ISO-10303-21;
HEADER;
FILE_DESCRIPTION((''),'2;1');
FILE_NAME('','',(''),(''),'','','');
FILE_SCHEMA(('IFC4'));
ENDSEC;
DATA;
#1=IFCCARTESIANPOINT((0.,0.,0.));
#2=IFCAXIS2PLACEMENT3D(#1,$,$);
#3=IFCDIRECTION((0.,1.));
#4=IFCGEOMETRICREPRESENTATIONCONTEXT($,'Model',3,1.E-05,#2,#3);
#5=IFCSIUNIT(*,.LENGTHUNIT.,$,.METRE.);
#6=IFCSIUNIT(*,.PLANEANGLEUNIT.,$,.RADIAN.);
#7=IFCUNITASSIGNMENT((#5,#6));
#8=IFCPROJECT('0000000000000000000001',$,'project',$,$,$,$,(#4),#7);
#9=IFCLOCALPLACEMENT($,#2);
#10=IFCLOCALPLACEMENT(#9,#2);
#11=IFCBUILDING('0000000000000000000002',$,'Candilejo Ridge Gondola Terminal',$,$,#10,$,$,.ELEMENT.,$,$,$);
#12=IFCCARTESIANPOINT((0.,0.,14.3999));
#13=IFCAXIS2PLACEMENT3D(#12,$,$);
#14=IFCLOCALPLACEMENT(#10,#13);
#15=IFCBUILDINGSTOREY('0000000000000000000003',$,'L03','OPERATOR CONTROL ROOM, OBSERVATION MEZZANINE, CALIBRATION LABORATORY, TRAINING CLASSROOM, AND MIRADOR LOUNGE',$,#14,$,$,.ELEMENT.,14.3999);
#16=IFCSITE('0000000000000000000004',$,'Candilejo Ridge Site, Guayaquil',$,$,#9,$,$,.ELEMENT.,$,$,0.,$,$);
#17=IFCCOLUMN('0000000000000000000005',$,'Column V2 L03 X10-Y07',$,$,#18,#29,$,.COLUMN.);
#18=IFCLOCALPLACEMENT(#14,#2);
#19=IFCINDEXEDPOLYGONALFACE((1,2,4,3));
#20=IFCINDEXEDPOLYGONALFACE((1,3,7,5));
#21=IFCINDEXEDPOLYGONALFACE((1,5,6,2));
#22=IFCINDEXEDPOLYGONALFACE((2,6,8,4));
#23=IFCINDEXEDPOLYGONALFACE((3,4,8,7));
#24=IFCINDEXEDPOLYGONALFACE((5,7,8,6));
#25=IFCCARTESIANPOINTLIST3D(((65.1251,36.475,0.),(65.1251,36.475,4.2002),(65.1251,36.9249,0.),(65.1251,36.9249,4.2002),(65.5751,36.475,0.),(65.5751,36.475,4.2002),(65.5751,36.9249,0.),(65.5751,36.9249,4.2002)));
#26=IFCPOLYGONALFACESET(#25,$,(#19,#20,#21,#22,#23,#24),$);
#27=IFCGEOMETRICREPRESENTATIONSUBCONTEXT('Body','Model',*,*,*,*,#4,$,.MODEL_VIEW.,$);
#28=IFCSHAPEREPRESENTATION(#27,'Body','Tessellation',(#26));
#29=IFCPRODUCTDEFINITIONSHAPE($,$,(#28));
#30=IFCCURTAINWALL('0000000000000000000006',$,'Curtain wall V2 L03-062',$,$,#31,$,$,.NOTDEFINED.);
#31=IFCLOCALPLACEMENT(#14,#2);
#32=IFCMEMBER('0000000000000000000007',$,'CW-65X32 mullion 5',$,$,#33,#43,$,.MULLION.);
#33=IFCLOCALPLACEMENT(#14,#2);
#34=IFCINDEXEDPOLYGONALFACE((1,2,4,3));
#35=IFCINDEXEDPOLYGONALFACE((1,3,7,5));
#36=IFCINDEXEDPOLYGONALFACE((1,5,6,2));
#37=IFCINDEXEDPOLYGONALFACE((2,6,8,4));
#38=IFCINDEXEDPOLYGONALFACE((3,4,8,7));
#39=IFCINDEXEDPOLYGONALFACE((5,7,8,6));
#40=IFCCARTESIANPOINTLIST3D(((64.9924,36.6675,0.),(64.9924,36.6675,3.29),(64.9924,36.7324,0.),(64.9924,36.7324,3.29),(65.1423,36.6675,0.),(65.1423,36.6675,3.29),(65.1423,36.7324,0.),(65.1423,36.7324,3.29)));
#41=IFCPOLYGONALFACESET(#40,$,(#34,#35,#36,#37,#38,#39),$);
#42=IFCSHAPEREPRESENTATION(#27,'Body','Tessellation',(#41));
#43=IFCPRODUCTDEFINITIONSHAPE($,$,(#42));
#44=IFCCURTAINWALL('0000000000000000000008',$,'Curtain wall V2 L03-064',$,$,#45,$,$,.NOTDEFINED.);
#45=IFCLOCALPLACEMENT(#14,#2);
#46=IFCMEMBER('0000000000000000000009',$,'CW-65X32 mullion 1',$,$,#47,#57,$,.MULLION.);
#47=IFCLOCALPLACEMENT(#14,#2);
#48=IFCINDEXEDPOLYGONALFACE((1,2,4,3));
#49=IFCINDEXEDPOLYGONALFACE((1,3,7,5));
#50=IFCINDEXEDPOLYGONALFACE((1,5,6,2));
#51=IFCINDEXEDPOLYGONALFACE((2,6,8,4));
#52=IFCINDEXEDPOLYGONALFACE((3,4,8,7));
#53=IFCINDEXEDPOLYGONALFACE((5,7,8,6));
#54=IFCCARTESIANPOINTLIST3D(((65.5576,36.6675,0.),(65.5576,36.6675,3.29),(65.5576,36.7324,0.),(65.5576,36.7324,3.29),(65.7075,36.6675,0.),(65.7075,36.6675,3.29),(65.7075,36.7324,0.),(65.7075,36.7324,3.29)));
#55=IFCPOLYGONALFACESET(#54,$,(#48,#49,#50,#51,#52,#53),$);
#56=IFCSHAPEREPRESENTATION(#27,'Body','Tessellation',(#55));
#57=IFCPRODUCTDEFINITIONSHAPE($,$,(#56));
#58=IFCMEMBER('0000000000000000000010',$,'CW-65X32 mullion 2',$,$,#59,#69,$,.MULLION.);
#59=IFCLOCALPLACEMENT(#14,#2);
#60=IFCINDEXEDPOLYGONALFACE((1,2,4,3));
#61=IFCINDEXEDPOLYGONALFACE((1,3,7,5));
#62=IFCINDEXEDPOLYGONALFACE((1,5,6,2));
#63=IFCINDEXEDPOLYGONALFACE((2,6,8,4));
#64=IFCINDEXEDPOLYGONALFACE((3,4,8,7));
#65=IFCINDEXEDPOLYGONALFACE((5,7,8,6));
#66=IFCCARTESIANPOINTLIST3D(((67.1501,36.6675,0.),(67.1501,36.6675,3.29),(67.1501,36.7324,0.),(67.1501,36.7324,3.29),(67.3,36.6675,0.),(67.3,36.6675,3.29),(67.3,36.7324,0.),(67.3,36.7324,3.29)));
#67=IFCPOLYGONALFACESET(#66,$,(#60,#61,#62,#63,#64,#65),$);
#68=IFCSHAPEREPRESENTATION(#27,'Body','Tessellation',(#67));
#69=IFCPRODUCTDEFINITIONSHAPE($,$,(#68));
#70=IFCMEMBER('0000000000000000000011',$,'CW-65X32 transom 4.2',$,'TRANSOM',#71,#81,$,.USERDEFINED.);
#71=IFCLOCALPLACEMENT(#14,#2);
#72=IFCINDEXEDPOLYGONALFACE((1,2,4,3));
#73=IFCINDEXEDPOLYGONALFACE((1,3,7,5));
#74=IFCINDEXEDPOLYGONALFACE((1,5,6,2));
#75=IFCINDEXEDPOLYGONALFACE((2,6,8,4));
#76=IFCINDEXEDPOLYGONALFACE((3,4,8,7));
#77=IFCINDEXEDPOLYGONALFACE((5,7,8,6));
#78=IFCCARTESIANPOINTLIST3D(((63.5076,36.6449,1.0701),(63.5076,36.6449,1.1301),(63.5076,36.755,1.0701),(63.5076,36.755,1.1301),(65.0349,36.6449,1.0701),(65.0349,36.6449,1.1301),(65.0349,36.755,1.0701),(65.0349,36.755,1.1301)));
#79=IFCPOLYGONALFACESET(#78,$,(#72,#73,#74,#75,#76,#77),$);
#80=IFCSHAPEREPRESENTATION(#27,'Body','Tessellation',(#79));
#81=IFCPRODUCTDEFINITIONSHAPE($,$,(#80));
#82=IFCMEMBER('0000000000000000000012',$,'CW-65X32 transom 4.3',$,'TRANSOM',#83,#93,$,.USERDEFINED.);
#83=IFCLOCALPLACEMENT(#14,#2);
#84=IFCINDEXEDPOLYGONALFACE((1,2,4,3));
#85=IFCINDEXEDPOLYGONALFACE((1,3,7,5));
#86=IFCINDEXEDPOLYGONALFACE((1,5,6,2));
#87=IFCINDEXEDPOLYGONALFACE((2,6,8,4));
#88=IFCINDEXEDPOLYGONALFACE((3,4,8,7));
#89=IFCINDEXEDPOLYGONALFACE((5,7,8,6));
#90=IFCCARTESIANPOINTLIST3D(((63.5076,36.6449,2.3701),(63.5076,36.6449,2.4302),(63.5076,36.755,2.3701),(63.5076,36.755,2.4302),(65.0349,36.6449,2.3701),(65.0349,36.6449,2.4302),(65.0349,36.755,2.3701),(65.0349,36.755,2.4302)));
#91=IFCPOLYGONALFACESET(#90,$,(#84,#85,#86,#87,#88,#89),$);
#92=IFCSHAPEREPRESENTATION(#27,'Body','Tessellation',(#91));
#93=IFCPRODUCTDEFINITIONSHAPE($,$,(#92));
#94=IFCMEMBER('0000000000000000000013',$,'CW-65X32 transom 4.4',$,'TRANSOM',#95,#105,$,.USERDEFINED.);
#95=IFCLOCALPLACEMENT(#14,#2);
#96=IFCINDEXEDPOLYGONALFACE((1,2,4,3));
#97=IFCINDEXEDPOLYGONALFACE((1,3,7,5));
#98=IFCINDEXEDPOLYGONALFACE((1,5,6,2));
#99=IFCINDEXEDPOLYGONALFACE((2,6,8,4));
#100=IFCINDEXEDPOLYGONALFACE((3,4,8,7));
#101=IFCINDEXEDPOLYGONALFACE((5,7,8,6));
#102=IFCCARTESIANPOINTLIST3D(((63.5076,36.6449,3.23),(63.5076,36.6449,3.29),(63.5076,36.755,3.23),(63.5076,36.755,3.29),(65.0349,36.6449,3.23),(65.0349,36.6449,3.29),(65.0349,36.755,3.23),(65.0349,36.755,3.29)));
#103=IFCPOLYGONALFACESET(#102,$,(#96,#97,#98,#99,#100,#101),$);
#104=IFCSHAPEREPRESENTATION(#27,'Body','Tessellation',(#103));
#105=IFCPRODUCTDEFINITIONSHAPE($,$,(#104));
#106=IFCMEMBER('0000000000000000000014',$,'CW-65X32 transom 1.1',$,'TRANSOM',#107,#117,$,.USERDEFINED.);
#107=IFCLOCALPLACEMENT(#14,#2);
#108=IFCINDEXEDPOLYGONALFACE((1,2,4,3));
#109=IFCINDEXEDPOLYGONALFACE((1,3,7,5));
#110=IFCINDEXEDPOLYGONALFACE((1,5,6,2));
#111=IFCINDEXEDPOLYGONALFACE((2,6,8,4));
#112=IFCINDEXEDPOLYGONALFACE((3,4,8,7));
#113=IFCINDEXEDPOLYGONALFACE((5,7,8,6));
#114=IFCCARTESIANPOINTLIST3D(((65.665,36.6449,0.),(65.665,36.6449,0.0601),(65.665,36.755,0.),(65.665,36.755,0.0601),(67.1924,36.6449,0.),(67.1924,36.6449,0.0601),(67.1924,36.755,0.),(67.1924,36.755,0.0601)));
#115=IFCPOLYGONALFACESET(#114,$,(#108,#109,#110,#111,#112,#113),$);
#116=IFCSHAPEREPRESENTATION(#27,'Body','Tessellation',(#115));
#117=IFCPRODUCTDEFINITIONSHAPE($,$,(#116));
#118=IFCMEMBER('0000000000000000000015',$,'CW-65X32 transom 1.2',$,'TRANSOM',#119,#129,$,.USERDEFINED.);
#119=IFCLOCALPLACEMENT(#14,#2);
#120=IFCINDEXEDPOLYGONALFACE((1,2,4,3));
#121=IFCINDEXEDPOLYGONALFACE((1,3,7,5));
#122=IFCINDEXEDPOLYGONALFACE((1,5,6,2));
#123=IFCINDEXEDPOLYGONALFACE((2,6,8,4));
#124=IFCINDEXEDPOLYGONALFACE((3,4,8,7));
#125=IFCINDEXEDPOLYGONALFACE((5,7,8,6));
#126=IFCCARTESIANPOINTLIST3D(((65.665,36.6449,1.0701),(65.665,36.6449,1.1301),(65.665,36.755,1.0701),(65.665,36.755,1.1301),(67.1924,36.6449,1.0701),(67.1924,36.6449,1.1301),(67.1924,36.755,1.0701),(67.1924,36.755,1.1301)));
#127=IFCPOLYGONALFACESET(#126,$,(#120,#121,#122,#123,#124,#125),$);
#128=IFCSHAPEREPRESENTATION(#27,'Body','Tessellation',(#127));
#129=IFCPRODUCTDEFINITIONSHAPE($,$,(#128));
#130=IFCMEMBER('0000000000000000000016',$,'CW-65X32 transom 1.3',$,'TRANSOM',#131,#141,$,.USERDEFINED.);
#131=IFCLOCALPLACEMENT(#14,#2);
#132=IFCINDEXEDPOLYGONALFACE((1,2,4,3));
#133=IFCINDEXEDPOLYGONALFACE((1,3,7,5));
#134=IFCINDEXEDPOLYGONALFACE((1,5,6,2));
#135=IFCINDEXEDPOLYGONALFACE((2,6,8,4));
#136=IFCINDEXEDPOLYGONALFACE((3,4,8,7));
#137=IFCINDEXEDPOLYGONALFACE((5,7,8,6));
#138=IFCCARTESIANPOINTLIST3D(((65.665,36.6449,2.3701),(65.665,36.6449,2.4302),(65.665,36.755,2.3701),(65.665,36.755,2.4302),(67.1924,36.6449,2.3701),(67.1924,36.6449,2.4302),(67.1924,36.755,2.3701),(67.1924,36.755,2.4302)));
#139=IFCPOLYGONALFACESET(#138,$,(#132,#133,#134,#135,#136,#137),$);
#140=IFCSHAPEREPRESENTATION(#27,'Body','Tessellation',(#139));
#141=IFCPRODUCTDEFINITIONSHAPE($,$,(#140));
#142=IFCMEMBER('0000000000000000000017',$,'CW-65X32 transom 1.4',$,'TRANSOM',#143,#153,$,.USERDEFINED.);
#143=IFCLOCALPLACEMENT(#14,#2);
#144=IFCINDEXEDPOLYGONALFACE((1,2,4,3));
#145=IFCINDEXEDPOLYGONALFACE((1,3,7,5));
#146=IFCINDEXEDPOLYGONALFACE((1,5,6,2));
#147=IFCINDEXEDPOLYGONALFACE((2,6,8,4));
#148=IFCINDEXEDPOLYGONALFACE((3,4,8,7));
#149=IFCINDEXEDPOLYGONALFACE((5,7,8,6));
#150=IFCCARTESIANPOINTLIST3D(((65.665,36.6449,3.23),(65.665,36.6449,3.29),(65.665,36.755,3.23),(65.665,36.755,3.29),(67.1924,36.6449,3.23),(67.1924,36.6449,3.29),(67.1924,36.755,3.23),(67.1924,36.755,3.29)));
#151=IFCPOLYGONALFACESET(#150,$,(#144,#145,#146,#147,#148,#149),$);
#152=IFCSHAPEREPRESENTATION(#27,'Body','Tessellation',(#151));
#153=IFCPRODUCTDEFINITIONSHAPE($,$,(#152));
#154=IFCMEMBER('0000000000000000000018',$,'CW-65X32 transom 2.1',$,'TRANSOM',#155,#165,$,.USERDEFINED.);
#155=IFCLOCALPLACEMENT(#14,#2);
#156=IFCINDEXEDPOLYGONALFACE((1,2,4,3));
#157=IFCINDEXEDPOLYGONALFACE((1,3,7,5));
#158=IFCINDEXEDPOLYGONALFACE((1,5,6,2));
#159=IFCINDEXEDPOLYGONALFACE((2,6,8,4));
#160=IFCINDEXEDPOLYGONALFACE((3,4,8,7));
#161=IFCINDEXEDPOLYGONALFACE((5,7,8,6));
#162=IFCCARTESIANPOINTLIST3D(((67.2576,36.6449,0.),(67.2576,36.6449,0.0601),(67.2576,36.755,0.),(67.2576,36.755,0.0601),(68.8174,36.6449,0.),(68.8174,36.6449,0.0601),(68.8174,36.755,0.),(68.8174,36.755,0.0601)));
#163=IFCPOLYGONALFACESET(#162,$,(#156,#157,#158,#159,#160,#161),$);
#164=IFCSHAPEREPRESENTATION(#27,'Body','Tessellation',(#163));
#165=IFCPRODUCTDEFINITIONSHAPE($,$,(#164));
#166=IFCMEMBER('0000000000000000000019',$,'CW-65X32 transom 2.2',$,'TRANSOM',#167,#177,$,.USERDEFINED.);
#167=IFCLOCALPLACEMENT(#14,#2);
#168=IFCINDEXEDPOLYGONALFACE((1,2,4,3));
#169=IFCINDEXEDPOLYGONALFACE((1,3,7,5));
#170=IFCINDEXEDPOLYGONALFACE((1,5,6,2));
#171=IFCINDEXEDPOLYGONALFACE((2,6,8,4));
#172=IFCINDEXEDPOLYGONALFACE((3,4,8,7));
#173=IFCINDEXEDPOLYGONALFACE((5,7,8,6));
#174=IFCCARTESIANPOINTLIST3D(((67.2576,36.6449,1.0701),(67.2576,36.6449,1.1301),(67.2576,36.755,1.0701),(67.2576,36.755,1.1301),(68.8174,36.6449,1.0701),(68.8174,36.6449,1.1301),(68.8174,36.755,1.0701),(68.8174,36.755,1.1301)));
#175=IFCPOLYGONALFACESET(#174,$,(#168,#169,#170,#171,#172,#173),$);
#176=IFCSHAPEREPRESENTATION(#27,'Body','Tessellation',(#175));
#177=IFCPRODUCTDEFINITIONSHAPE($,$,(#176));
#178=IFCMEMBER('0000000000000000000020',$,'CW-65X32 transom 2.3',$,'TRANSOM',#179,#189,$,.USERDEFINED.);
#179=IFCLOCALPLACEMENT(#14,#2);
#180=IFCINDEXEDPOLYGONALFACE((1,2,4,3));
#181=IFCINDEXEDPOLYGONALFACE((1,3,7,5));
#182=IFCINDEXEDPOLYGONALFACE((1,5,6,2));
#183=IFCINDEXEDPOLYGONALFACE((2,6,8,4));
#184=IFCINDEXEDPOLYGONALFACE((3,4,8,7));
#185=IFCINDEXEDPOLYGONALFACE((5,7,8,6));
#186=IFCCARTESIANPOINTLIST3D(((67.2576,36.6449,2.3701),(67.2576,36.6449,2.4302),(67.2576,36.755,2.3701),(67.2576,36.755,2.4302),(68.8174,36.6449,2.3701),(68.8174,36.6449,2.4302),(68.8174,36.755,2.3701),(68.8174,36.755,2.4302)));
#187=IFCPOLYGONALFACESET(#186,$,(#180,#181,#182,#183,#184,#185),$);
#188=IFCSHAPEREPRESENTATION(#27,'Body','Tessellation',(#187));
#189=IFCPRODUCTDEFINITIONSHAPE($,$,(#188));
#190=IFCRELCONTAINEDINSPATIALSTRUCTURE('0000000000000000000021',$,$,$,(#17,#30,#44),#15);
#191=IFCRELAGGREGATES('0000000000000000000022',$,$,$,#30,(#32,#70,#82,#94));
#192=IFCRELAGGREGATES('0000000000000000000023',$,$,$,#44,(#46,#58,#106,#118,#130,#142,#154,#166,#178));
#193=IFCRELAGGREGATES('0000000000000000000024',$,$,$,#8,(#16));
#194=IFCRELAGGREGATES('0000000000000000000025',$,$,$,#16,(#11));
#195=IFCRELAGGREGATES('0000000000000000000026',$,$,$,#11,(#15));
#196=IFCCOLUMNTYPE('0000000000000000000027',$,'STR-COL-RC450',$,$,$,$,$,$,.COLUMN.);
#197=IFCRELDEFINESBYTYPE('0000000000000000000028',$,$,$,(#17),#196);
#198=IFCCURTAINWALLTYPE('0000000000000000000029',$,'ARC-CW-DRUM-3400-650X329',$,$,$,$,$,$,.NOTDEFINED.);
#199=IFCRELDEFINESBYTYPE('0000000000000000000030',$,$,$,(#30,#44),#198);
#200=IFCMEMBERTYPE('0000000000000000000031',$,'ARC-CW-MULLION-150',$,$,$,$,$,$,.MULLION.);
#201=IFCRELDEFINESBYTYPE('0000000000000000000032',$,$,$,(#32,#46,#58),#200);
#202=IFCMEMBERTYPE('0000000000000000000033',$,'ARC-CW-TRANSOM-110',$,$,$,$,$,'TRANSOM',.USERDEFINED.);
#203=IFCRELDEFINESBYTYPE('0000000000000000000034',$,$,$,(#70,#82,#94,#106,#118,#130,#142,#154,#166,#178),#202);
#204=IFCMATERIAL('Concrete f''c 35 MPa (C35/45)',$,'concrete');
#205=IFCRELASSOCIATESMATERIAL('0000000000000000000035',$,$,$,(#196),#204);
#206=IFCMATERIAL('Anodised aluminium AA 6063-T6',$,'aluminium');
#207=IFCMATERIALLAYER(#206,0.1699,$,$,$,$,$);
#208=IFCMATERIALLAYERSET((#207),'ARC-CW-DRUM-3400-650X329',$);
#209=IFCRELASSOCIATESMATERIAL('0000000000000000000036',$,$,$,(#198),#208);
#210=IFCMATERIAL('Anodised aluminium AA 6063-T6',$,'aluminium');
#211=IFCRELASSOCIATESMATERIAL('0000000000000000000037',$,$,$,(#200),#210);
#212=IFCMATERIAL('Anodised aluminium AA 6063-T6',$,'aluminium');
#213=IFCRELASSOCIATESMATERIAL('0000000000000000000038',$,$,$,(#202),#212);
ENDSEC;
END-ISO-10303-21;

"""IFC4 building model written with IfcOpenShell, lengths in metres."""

from ifc_helpers import new_model, si_unit, direction, frame, origin, origin_2d, place, context, subcontext, project, spatial, rectangle, extrude, material, layer, layer_set, material_profile, profile_set, type_object, element, aggregate, save


model = new_model("IFC4")

# Units and contexts
model_context = context("Model", 3, precision=1e-05, world=origin(), true_north=direction((0.0, 1.0)))
body_context = subcontext(model_context, "Body", "Model", "MODEL_VIEW")
ifc_project = project(units=[si_unit("LENGTHUNIT", "METRE"), si_unit("PLANEANGLEUNIT", "RADIAN")], contexts=[model_context])

# Site, building, storey
site_placement = place(None, origin())
site = spatial("IfcSite", under=ifc_project, at=site_placement, Name="Candilejo Ridge Site, Guayaquil", CompositionType="ELEMENT", RefElevation=0.0)
building_placement = place(site_placement, origin())
building = spatial("IfcBuilding", under=site, at=building_placement, Name="Candilejo Ridge Gondola Terminal", CompositionType="ELEMENT")
storey_placement = place(building_placement, frame((0.0, 0.0, 14.3999)))
storey = spatial("IfcBuildingStorey", under=building, at=storey_placement, Name="L03", Description="OPERATOR CONTROL ROOM, OBSERVATION MEZZANINE, CALIBRATION LABORATORY, TRAINING CLASSROOM, AND MIRADOR LOUNGE", CompositionType="ELEMENT", Elevation=14.3999)

# Column
ifc_material_1 = material(Name="Concrete f'c 35 MPa (C35/45)", Category="concrete")
ifc_material_profile_1 = material_profile(ifc_material_1, rectangle(XDim=0.45, YDim=0.45, at=origin_2d()))
ifc_profile_set_1 = profile_set([ifc_material_profile_1], Name="Concrete f'c 35 MPa (C35/45)")
column_type = type_object("IfcColumnType", Name="STR-COL-RC450", PredefinedType="COLUMN", material=ifc_profile_set_1)
column_placement = place(storey_placement, frame((65.3501, 36.7, 0.0), z_axis=(0.0, 0.0, 1.0), x_axis=(1.0, 0.0, 0.0)))
element("IfcColumn", 1, at=column_placement, inside=storey, type_object=column_type, Name="Column V2 L03 X10-Y07", PredefinedType="COLUMN", context=body_context, shape_type="SweptSolid", body=[
    extrude(rectangle(XDim=0.45, YDim=0.45, at=origin_2d()), origin(), (0.0, 0.0, 1.0), 4.2002),
])

# Curtain wall, member
ifc_material_2 = material(Name="Anodised aluminium AA 6063-T6", Category="aluminium")
ifc_layer_1 = layer(ifc_material_2, 0.1699)
ifc_layer_set_1 = layer_set([ifc_layer_1], Name="ARC-CW-DRUM-3400-650X329")
curtain_wall_type = type_object("IfcCurtainWallType", Name="ARC-CW-DRUM-3400-650X329", PredefinedType="NOTDEFINED", material=ifc_layer_set_1)
curtain_wall_1_placement = place(storey_placement, origin())
curtain_wall_1 = element("IfcCurtainWall", 2, at=curtain_wall_1_placement, inside=storey, type_object=curtain_wall_type, Name="Curtain wall V2 L03-062", PredefinedType="NOTDEFINED")
ifc_material_3 = material(Name="Anodised aluminium AA 6063-T6", Category="aluminium")
ifc_material_profile_2 = material_profile(ifc_material_3, rectangle(XDim=0.0649, YDim=0.1499, at=origin_2d()))
ifc_profile_set_2 = profile_set([ifc_material_profile_2], Name="Anodised aluminium AA 6063-T6")
member_type_1 = type_object("IfcMemberType", Name="ARC-CW-MULLION-150", PredefinedType="MULLION", material=ifc_profile_set_2)
member_1_placement = place(storey_placement, frame((65.0674, 36.7, 0.0), z_axis=(0.0, 0.0, 1.0), x_axis=(0.0, 1.0, 0.0)))
member_1 = element("IfcMember", 3, at=member_1_placement, type_object=member_type_1, Name="CW-65X32 mullion 5", PredefinedType="MULLION", context=body_context, shape_type="SweptSolid", body=[
    extrude(rectangle(XDim=0.0649, YDim=0.1499, at=origin_2d()), origin(), (0.0, 0.0, 1.0), 3.29),
])

# Curtain wall, members
curtain_wall_2_placement = place(storey_placement, origin())
curtain_wall_2 = element("IfcCurtainWall", 4, at=curtain_wall_2_placement, inside=storey, type_object=curtain_wall_type, Name="Curtain wall V2 L03-064", PredefinedType="NOTDEFINED")
member_2_placement = place(storey_placement, frame((65.6326, 36.7, 0.0), z_axis=(0.0, 0.0, 1.0), x_axis=(0.0, 1.0, 0.0)))
member_2 = element("IfcMember", 5, at=member_2_placement, type_object=member_type_1, Name="CW-65X32 mullion 1", PredefinedType="MULLION", context=body_context, shape_type="SweptSolid", body=[
    extrude(rectangle(XDim=0.0649, YDim=0.1499, at=origin_2d()), origin(), (0.0, 0.0, 1.0), 3.29),
])
member_3_placement = place(storey_placement, frame((67.2251, 36.7, 0.0), z_axis=(0.0, 0.0, 1.0), x_axis=(0.0, 1.0, 0.0)))
member_3 = element("IfcMember", 6, at=member_3_placement, type_object=member_type_1, Name="CW-65X32 mullion 2", PredefinedType="MULLION", context=body_context, shape_type="SweptSolid", body=[
    extrude(rectangle(XDim=0.0649, YDim=0.1499, at=origin_2d()), origin(), (0.0, 0.0, 1.0), 3.29),
])

# Members
ifc_material_4 = material(Name="Anodised aluminium AA 6063-T6", Category="aluminium")
ifc_material_profile_3 = material_profile(ifc_material_4, rectangle(XDim=0.1101, YDim=0.0601, at=origin_2d()))
ifc_profile_set_3 = profile_set([ifc_material_profile_3], Name="Anodised aluminium AA 6063-T6")
member_type_2 = type_object("IfcMemberType", Name="ARC-CW-TRANSOM-110", ElementType="TRANSOM", PredefinedType="USERDEFINED", material=ifc_profile_set_3)
member_4_placement = place(storey_placement, frame((63.5076, 36.7, 1.1001), z_axis=(1.0, 0.0, 0.0), x_axis=(0.0, 1.0, 0.0)))
member_4 = element("IfcMember", 7, at=member_4_placement, type_object=member_type_2, Name="CW-65X32 transom 4.2", ObjectType="TRANSOM", PredefinedType="USERDEFINED", context=body_context, shape_type="SweptSolid", body=[
    extrude(rectangle(XDim=0.1101, YDim=0.0601, at=origin_2d()), origin(), (0.0, 0.0, 1.0), 1.5273),
])
member_5_placement = place(storey_placement, frame((63.5076, 36.7, 2.4001), z_axis=(1.0, 0.0, 0.0), x_axis=(0.0, 1.0, 0.0)))
member_5 = element("IfcMember", 8, at=member_5_placement, type_object=member_type_2, Name="CW-65X32 transom 4.3", ObjectType="TRANSOM", PredefinedType="USERDEFINED", context=body_context, shape_type="SweptSolid", body=[
    extrude(rectangle(XDim=0.1101, YDim=0.0601, at=origin_2d()), origin(), (0.0, 0.0, 1.0), 1.5273),
])
member_6_placement = place(storey_placement, frame((63.5076, 36.7, 3.26), z_axis=(1.0, 0.0, 0.0), x_axis=(0.0, 1.0, 0.0)))
member_6 = element("IfcMember", 9, at=member_6_placement, type_object=member_type_2, Name="CW-65X32 transom 4.4", ObjectType="TRANSOM", PredefinedType="USERDEFINED", context=body_context, shape_type="SweptSolid", body=[
    extrude(rectangle(XDim=0.1101, YDim=0.0601, at=origin_2d()), origin(), (0.0, 0.0, 1.0), 1.5273),
])
member_7_placement = place(storey_placement, frame((65.665, 36.7, 0.03), z_axis=(1.0, 0.0, 0.0), x_axis=(0.0, 1.0, 0.0)))
member_7 = element("IfcMember", 10, at=member_7_placement, type_object=member_type_2, Name="CW-65X32 transom 1.1", ObjectType="TRANSOM", PredefinedType="USERDEFINED", context=body_context, shape_type="SweptSolid", body=[
    extrude(rectangle(XDim=0.1101, YDim=0.0601, at=origin_2d()), origin(), (0.0, 0.0, 1.0), 1.5273),
])
member_8_placement = place(storey_placement, frame((65.665, 36.7, 1.1001), z_axis=(1.0, 0.0, 0.0), x_axis=(0.0, 1.0, 0.0)))
member_8 = element("IfcMember", 11, at=member_8_placement, type_object=member_type_2, Name="CW-65X32 transom 1.2", ObjectType="TRANSOM", PredefinedType="USERDEFINED", context=body_context, shape_type="SweptSolid", body=[
    extrude(rectangle(XDim=0.1101, YDim=0.0601, at=origin_2d()), origin(), (0.0, 0.0, 1.0), 1.5273),
])
member_9_placement = place(storey_placement, frame((65.665, 36.7, 2.4001), z_axis=(1.0, 0.0, 0.0), x_axis=(0.0, 1.0, 0.0)))
member_9 = element("IfcMember", 12, at=member_9_placement, type_object=member_type_2, Name="CW-65X32 transom 1.3", ObjectType="TRANSOM", PredefinedType="USERDEFINED", context=body_context, shape_type="SweptSolid", body=[
    extrude(rectangle(XDim=0.1101, YDim=0.0601, at=origin_2d()), origin(), (0.0, 0.0, 1.0), 1.5273),
])
member_10_placement = place(storey_placement, frame((65.665, 36.7, 3.26), z_axis=(1.0, 0.0, 0.0), x_axis=(0.0, 1.0, 0.0)))
member_10 = element("IfcMember", 13, at=member_10_placement, type_object=member_type_2, Name="CW-65X32 transom 1.4", ObjectType="TRANSOM", PredefinedType="USERDEFINED", context=body_context, shape_type="SweptSolid", body=[
    extrude(rectangle(XDim=0.1101, YDim=0.0601, at=origin_2d()), origin(), (0.0, 0.0, 1.0), 1.5273),
])
member_11_placement = place(storey_placement, frame((67.2576, 36.7, 0.03), z_axis=(1.0, 0.0, 0.0), x_axis=(0.0, 1.0, 0.0)))
member_11 = element("IfcMember", 14, at=member_11_placement, type_object=member_type_2, Name="CW-65X32 transom 2.1", ObjectType="TRANSOM", PredefinedType="USERDEFINED", context=body_context, shape_type="SweptSolid", body=[
    extrude(rectangle(XDim=0.1101, YDim=0.0601, at=origin_2d()), origin(), (0.0, 0.0, 1.0), 1.5598),
])
member_12_placement = place(storey_placement, frame((67.2576, 36.7, 1.1001), z_axis=(1.0, 0.0, 0.0), x_axis=(0.0, 1.0, 0.0)))
member_12 = element("IfcMember", 15, at=member_12_placement, type_object=member_type_2, Name="CW-65X32 transom 2.2", ObjectType="TRANSOM", PredefinedType="USERDEFINED", context=body_context, shape_type="SweptSolid", body=[
    extrude(rectangle(XDim=0.1101, YDim=0.0601, at=origin_2d()), origin(), (0.0, 0.0, 1.0), 1.5598),
])
member_13_placement = place(storey_placement, frame((67.2576, 36.7, 2.4001), z_axis=(1.0, 0.0, 0.0), x_axis=(0.0, 1.0, 0.0)))
member_13 = element("IfcMember", 16, at=member_13_placement, type_object=member_type_2, Name="CW-65X32 transom 2.3", ObjectType="TRANSOM", PredefinedType="USERDEFINED", context=body_context, shape_type="SweptSolid", body=[
    extrude(rectangle(XDim=0.1101, YDim=0.0601, at=origin_2d()), origin(), (0.0, 0.0, 1.0), 1.5598),
])

aggregate(curtain_wall_1, [member_1, member_4, member_5, member_6])
aggregate(curtain_wall_2, [member_2, member_3, member_7, member_8, member_9, member_10, member_11, member_12, member_13])

save(model, "model.ifc")
